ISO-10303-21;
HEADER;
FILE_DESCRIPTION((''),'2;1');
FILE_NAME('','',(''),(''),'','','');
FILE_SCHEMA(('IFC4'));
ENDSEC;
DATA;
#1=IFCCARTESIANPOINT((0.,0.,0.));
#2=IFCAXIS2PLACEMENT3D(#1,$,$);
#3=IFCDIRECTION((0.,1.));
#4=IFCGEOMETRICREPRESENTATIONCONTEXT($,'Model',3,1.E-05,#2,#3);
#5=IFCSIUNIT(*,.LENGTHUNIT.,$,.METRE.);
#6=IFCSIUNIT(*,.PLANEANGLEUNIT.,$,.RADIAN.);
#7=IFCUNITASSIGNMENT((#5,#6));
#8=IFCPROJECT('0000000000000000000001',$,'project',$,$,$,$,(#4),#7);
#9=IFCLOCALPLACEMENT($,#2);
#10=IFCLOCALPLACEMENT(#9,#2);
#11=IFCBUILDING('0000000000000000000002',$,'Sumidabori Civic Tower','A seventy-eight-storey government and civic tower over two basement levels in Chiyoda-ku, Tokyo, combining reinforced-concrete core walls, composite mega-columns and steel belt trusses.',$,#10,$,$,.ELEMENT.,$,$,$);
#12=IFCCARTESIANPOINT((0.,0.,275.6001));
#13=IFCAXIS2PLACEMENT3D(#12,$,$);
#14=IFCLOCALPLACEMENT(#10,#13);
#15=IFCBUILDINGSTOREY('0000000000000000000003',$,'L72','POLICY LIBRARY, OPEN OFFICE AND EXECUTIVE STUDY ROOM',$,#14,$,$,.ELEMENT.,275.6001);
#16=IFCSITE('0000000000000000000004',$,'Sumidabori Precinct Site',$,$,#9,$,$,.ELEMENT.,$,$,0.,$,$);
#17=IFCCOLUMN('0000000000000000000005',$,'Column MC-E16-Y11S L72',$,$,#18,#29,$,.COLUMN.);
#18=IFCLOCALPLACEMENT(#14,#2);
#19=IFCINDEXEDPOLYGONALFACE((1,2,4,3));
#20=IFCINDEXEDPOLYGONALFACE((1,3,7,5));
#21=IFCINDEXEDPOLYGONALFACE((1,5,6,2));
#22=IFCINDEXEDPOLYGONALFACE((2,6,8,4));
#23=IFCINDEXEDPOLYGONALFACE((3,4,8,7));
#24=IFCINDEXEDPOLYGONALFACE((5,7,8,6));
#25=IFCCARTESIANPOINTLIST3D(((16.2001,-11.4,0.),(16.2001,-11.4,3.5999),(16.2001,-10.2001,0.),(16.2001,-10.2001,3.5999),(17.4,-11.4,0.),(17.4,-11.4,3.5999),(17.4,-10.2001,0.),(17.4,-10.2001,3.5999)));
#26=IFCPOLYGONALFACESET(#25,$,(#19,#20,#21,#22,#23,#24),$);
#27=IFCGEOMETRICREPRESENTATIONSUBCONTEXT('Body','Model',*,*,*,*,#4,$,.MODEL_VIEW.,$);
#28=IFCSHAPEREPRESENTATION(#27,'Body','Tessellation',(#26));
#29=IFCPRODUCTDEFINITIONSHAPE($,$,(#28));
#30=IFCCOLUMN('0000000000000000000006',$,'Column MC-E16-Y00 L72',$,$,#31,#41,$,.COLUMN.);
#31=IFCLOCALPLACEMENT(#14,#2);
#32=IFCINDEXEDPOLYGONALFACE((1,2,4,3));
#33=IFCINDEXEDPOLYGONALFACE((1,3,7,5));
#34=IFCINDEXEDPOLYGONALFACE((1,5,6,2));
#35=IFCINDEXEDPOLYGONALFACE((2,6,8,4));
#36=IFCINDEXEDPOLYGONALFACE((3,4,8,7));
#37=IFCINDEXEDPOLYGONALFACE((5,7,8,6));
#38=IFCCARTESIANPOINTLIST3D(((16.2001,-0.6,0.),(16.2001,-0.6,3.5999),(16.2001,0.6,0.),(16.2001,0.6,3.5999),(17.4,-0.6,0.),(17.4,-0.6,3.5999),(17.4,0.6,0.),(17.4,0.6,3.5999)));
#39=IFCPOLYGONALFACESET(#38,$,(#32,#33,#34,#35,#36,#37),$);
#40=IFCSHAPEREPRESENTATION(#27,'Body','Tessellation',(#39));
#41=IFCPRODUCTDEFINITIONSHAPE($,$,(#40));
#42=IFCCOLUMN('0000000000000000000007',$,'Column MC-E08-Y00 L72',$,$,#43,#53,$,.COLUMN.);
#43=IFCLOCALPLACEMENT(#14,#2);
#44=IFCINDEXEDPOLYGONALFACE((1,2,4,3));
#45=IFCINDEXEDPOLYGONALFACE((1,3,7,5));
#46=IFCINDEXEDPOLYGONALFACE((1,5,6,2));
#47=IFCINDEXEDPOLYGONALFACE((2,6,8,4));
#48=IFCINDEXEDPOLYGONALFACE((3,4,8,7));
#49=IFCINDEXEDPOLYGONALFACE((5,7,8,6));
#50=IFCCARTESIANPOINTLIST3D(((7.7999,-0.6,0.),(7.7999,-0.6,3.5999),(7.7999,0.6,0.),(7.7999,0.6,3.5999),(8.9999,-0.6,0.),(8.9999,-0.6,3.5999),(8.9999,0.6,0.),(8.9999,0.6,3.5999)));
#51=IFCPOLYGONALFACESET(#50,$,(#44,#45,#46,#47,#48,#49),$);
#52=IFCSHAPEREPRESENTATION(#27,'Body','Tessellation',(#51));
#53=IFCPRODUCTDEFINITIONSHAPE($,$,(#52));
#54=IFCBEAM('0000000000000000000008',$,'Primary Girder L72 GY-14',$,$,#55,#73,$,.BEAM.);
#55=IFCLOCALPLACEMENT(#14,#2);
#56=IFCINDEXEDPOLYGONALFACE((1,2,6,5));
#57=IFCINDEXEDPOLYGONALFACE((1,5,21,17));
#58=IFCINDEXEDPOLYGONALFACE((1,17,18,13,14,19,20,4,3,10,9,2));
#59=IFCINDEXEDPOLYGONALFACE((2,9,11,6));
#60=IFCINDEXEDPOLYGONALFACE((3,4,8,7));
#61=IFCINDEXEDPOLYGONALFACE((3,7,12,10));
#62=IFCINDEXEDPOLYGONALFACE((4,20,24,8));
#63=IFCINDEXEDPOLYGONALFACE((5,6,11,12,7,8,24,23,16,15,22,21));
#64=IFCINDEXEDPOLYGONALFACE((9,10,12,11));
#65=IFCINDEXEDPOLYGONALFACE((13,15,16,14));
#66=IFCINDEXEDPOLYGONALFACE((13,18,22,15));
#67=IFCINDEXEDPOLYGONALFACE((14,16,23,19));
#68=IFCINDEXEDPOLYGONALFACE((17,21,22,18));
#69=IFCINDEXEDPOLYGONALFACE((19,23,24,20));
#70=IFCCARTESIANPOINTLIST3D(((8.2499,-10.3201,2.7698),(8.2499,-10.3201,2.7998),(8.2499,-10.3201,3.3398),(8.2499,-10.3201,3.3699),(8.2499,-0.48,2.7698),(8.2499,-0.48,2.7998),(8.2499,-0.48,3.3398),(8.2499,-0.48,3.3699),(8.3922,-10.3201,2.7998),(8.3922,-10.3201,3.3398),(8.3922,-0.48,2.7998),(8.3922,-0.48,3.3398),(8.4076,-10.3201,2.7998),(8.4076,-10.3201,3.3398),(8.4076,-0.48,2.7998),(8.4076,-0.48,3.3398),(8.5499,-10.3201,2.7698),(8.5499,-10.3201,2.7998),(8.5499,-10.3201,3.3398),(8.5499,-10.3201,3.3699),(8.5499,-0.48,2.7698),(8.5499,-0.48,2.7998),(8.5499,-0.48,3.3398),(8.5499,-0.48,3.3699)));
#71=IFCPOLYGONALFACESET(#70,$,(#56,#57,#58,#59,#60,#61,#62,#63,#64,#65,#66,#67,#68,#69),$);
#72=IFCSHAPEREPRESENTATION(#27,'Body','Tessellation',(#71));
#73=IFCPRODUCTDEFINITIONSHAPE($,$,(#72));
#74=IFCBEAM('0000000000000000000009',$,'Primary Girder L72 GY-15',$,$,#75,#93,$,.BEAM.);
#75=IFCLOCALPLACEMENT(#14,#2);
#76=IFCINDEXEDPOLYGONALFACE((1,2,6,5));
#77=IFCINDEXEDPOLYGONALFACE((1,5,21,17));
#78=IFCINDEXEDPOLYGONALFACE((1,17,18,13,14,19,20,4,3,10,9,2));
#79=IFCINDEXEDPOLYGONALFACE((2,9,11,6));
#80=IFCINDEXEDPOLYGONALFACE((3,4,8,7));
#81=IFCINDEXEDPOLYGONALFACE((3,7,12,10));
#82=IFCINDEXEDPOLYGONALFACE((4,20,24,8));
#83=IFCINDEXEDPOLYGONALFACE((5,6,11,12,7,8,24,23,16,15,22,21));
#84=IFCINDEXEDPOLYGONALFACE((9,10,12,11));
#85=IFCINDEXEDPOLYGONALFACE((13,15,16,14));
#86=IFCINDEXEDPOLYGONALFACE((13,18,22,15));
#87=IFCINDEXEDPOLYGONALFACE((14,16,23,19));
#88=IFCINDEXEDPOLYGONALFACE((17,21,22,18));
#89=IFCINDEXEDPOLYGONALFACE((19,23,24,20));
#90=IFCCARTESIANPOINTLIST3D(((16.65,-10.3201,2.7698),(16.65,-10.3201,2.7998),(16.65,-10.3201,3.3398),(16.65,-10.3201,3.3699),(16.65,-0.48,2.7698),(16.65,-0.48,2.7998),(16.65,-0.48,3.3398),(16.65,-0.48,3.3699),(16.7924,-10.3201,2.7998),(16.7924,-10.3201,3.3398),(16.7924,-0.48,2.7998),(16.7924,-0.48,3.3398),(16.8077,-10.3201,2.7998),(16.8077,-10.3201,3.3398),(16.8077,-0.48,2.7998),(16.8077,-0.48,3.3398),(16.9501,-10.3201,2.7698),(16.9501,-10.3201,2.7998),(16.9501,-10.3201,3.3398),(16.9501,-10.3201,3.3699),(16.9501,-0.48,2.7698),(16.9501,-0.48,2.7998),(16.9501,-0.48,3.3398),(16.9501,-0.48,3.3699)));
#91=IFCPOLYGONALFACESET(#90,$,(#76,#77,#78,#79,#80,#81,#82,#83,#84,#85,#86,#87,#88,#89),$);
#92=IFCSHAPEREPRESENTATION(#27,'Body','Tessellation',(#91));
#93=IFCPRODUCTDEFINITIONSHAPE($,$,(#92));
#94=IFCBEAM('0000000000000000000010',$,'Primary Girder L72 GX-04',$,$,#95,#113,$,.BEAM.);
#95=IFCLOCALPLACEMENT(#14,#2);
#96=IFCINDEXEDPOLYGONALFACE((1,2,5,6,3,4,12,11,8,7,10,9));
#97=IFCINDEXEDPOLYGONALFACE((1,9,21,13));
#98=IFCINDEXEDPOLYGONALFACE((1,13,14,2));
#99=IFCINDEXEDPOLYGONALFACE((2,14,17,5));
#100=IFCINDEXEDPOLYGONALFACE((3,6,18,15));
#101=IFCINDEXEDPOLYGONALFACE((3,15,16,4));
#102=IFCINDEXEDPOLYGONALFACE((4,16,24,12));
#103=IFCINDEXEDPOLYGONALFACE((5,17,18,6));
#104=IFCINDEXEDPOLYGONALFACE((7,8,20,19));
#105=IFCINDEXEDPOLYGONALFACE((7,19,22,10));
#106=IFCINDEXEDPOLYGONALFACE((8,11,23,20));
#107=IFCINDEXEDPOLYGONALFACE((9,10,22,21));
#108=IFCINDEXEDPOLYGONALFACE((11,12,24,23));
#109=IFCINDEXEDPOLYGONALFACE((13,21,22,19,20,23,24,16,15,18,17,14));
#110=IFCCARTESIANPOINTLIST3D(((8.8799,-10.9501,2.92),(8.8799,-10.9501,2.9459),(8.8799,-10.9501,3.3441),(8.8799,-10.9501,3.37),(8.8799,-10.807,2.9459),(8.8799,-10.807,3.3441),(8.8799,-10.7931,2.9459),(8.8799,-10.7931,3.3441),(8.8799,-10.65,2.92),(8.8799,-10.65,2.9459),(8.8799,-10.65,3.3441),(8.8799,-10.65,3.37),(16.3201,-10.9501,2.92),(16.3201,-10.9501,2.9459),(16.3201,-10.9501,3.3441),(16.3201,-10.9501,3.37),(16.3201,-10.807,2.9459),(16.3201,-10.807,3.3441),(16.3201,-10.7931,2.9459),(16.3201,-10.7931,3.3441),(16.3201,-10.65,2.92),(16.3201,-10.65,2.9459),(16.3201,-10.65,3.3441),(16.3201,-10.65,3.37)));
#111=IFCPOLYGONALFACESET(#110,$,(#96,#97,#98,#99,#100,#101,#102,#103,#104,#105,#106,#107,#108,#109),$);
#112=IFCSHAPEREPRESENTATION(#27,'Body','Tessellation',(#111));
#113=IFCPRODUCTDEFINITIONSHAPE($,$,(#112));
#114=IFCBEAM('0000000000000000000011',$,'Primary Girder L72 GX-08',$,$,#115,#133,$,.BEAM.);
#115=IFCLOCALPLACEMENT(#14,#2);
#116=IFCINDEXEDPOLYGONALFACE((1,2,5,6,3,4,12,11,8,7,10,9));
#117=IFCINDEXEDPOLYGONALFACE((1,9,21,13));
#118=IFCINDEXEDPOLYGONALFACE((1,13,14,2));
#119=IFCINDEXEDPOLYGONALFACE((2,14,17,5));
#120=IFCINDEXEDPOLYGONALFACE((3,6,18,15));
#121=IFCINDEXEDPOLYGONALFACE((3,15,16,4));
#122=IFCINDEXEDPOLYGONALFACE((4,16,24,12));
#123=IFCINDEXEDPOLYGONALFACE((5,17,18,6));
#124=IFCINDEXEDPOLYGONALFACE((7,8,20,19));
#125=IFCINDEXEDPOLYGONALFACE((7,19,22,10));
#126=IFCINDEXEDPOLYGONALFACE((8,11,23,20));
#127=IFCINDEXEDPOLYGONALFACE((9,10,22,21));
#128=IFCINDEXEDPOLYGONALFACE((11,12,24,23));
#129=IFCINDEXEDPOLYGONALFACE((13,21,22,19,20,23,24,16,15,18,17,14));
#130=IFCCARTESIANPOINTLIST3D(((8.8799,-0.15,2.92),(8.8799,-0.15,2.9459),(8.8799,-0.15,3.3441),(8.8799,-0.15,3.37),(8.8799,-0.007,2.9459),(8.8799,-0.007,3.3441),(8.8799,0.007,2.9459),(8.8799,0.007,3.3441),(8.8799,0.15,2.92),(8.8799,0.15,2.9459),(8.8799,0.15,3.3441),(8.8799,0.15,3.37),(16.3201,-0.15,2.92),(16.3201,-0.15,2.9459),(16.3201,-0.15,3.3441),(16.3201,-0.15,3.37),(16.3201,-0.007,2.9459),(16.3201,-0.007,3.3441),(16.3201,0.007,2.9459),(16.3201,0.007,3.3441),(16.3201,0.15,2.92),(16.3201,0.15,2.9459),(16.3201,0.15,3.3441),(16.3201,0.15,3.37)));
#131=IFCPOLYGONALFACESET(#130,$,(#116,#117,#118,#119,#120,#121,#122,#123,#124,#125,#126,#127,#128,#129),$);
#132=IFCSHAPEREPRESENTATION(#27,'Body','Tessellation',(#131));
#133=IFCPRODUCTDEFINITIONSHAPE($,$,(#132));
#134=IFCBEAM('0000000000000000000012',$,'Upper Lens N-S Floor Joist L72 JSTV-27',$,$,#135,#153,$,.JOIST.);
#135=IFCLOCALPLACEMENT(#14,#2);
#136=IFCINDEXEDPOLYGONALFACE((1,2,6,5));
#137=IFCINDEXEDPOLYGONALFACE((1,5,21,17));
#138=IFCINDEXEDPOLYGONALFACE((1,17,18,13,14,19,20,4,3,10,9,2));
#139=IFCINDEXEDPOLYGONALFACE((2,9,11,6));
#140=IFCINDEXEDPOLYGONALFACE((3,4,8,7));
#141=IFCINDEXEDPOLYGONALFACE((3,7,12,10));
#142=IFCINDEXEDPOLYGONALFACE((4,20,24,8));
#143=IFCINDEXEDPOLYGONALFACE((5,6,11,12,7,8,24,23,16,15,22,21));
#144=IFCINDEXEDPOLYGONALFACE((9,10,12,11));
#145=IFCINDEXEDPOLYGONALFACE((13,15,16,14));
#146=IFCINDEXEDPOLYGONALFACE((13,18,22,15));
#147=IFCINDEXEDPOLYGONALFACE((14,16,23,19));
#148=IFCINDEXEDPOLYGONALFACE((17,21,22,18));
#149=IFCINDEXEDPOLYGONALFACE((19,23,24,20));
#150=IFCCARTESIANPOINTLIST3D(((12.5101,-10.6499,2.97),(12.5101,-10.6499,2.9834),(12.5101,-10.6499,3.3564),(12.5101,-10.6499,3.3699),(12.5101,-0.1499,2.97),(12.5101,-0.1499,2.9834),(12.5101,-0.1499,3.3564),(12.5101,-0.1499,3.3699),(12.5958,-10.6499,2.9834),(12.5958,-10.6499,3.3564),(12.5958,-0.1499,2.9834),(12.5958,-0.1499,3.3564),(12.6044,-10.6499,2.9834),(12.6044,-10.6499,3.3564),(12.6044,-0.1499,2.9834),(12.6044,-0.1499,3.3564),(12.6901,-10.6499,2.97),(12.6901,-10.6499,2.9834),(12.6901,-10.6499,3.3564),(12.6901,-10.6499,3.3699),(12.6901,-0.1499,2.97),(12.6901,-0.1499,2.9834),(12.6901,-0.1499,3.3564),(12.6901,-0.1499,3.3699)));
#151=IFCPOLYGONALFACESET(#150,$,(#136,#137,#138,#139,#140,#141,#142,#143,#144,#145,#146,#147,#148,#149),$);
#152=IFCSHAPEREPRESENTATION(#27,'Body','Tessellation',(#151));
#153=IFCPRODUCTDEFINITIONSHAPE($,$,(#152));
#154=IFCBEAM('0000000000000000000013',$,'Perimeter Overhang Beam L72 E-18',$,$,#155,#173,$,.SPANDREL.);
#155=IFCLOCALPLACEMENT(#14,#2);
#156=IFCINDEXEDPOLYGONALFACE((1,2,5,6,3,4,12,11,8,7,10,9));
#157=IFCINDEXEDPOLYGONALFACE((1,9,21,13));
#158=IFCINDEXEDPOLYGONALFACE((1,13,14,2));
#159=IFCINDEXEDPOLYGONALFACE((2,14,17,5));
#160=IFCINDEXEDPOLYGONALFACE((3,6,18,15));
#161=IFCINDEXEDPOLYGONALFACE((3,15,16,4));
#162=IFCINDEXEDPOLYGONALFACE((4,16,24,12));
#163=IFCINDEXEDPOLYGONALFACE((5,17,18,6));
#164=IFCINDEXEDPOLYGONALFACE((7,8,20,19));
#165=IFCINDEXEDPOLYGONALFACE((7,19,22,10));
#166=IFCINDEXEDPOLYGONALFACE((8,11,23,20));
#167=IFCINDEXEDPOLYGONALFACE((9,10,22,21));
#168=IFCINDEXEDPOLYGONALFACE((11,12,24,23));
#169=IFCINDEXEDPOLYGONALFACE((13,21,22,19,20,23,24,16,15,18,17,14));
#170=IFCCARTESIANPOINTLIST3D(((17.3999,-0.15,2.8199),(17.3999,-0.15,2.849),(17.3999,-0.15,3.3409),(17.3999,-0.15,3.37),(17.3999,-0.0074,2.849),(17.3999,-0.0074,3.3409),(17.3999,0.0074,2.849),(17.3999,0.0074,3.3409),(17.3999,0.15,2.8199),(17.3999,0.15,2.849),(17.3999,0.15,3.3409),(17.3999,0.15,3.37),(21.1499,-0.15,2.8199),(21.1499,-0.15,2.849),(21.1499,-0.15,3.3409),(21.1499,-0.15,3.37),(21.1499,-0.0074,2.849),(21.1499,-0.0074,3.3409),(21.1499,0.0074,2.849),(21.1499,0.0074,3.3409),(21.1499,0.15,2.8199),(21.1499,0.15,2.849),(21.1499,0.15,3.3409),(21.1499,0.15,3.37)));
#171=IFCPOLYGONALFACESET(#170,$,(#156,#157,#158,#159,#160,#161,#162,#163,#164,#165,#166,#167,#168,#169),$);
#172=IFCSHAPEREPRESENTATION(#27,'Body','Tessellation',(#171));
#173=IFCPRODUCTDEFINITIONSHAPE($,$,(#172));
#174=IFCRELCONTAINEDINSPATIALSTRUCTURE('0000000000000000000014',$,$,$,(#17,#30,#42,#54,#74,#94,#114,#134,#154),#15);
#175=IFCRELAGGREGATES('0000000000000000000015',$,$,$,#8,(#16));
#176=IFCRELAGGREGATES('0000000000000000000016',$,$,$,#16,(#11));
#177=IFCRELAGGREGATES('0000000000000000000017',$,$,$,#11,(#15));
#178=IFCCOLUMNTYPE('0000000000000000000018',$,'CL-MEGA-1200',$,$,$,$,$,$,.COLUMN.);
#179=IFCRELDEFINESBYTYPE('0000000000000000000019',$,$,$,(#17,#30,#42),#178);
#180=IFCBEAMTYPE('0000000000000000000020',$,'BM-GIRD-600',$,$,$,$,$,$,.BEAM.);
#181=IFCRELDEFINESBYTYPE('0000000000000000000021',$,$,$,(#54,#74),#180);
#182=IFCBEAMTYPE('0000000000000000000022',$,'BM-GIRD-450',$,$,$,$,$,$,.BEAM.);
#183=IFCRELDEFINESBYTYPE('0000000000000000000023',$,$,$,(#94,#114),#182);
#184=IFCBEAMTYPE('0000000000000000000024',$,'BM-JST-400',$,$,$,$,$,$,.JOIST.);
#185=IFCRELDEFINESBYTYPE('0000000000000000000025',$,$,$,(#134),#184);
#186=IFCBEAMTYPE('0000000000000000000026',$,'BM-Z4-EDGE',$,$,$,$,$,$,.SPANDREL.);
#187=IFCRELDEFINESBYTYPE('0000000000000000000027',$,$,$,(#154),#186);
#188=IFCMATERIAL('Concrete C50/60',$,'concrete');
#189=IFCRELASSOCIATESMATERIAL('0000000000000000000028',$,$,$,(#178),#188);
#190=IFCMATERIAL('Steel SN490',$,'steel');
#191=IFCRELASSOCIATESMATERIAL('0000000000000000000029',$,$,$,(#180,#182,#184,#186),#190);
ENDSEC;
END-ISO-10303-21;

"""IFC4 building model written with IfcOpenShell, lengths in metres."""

from ifc_helpers import new_model, si_unit, direction, frame, origin, origin_2d, place, context, subcontext, project, spatial, rectangle, i_section, extrude, source, transform, mapped, material, material_profile, profile_set, type_object, element, save


model = new_model("IFC4")

# Units and contexts
model_context = context("Model", 3, precision=1e-05, world=origin(), true_north=direction((0.0, 1.0)))
body_context = subcontext(model_context, "Body", "Model", "MODEL_VIEW")
ifc_project = project(units=[si_unit("LENGTHUNIT", "METRE"), si_unit("PLANEANGLEUNIT", "RADIAN")], contexts=[model_context])

# Site, building, storey
site_placement = place(None, origin())
site = spatial("IfcSite", under=ifc_project, at=site_placement, Name="Sumidabori Precinct Site", CompositionType="ELEMENT", RefElevation=0.0)
building_placement = place(site_placement, origin())
building = spatial("IfcBuilding", under=site, at=building_placement, Name="Sumidabori Civic Tower", Description="A seventy-eight-storey government and civic tower over two basement levels in Chiyoda-ku, Tokyo, combining reinforced-concrete core walls, composite mega-columns and steel belt trusses.", CompositionType="ELEMENT")
storey_placement = place(building_placement, frame((0.0, 0.0, 275.6001)))
storey = spatial("IfcBuildingStorey", under=building, at=storey_placement, Name="L72", Description="POLICY LIBRARY, OPEN OFFICE AND EXECUTIVE STUDY ROOM", CompositionType="ELEMENT", Elevation=275.6001)

# Columns
ifc_material_1 = material(Name="Concrete C50/60", Category="concrete")
ifc_material_profile_1 = material_profile(ifc_material_1, rectangle(XDim=1.2, YDim=1.2, at=origin_2d()), Name="RC 1200x1200")
ifc_profile_set_1 = profile_set([ifc_material_profile_1], Name="Concrete C50/60")
column_type = type_object("IfcColumnType", Name="CL-MEGA-1200", PredefinedType="COLUMN", material=ifc_profile_set_1)
shared_shape_1 = source(origin(), body_context, "Body", "SweptSolid", [
    extrude(rectangle(XDim=1.2, YDim=1.2, at=origin_2d()), origin(), (0.0, 0.0, 1.0), 3.5999),
])
for number, where, z_axis, x_axis, name in (
    (1, (16.8, -10.8, 0.0), (0.0, 0.0, 1.0), (1.0, 0.0, 0.0), "Column MC-E16-Y11S L72"),
    (2, (16.8, 0.0, 0.0), (0.0, 0.0, 1.0), (1.0, 0.0, 0.0), "Column MC-E16-Y00 L72"),
    (3, (8.3999, 0.0, 0.0), (0.0, 0.0, 1.0), (1.0, 0.0, 0.0), "Column MC-E08-Y00 L72"),
):
    element("IfcColumn", number, at=place(storey_placement, frame(where, z_axis=z_axis, x_axis=x_axis)), inside=storey, type_object=column_type, Name=name, PredefinedType="COLUMN", context=body_context, shape_type="MappedRepresentation", body=[
        mapped(shared_shape_1, transform((0.0, 0.0, 0.0), x_axis=(1.0, 0.0, 0.0), y_axis=(0.0, 1.0, 0.0), z_axis=(0.0, 0.0, 1.0), scale=1.0)),
    ])

# Beams
ifc_material_2 = material(Name="Steel SN490", Category="steel")
ifc_material_profile_2 = material_profile(ifc_material_2, i_section(OverallWidth=0.3, OverallDepth=0.6001, WebThickness=0.0154, FlangeThickness=0.03, at=origin_2d()), Name="HE 600 B")
ifc_profile_set_2 = profile_set([ifc_material_profile_2], Name="Steel SN490")
beam_type_1 = type_object("IfcBeamType", Name="BM-GIRD-600", PredefinedType="BEAM", material=ifc_profile_set_2)
shared_shape_2 = source(origin(), body_context, "Body", "SweptSolid", [
    extrude(i_section(OverallWidth=0.3, OverallDepth=0.6001, WebThickness=0.0154, FlangeThickness=0.03, at=origin_2d()), origin(), (0.0, 0.0, 1.0), 9.8401),
])
for number, where, z_axis, x_axis, name in (
    (4, (8.3999, -10.3201, 3.0698), (0.0, 1.0, 0.0), (-1.0, 0.0, 0.0), "Primary Girder L72 GY-14"),
    (5, (16.8, -10.3201, 3.0698), (0.0, 1.0, 0.0), (-1.0, 0.0, 0.0), "Primary Girder L72 GY-15"),
):
    element("IfcBeam", number, at=place(storey_placement, frame(where, z_axis=z_axis, x_axis=x_axis)), inside=storey, type_object=beam_type_1, Name=name, PredefinedType="BEAM", context=body_context, shape_type="MappedRepresentation", body=[
        mapped(shared_shape_2, transform((0.0, 0.0, 0.0), x_axis=(1.0, 0.0, 0.0), y_axis=(0.0, 1.0, 0.0), z_axis=(0.0, 0.0, 1.0), scale=1.0)),
    ])
ifc_material_profile_3 = material_profile(ifc_material_2, i_section(OverallWidth=0.3, OverallDepth=0.45, WebThickness=0.0139, FlangeThickness=0.0259, at=origin_2d()), Name="HE 450 B")
ifc_profile_set_3 = profile_set([ifc_material_profile_3], Name="Steel SN490")
beam_type_2 = type_object("IfcBeamType", Name="BM-GIRD-450", PredefinedType="BEAM", material=ifc_profile_set_3)
shared_shape_3 = source(origin(), body_context, "Body", "SweptSolid", [
    extrude(i_section(OverallWidth=0.3, OverallDepth=0.45, WebThickness=0.0139, FlangeThickness=0.0259, at=origin_2d()), origin(), (0.0, 0.0, 1.0), 7.4402),
])
for number, where, z_axis, x_axis, name in (
    (6, (8.8799, -10.8, 3.145), (1.0, 0.0, 0.0), (0.0, 1.0, 0.0), "Primary Girder L72 GX-04"),
    (7, (8.8799, 0.0, 3.145), (1.0, 0.0, 0.0), (0.0, 1.0, 0.0), "Primary Girder L72 GX-08"),
):
    element("IfcBeam", number, at=place(storey_placement, frame(where, z_axis=z_axis, x_axis=x_axis)), inside=storey, type_object=beam_type_2, Name=name, PredefinedType="BEAM", context=body_context, shape_type="MappedRepresentation", body=[
        mapped(shared_shape_3, transform((0.0, 0.0, 0.0), x_axis=(1.0, 0.0, 0.0), y_axis=(0.0, 1.0, 0.0), z_axis=(0.0, 0.0, 1.0), scale=1.0)),
    ])
ifc_material_profile_4 = material_profile(ifc_material_2, i_section(OverallWidth=0.1799, OverallDepth=0.3999, WebThickness=0.0085, FlangeThickness=0.0134, at=origin_2d()), Name="IPE 400")
ifc_profile_set_4 = profile_set([ifc_material_profile_4], Name="Steel SN490")
beam_type_3 = type_object("IfcBeamType", Name="BM-JST-400", PredefinedType="JOIST", material=ifc_profile_set_4)
shared_shape_4 = source(origin(), body_context, "Body", "SweptSolid", [
    extrude(i_section(OverallWidth=0.1799, OverallDepth=0.3999, WebThickness=0.0085, FlangeThickness=0.0134, at=origin_2d()), origin(), (0.0, 0.0, 1.0), 10.5),
])
beam_1_placement = place(storey_placement, frame((12.6001, -10.6499, 3.1699), z_axis=(0.0, 1.0, 0.0), x_axis=(-1.0, 0.0, 0.0)))
element("IfcBeam", 8, at=beam_1_placement, inside=storey, type_object=beam_type_3, Name="Upper Lens N-S Floor Joist L72 JSTV-27", PredefinedType="JOIST", context=body_context, shape_type="MappedRepresentation", body=[
    mapped(shared_shape_4, transform((0.0, 0.0, 0.0), x_axis=(1.0, 0.0, 0.0), y_axis=(0.0, 1.0, 0.0), z_axis=(0.0, 0.0, 1.0), scale=1.0)),
])
ifc_material_profile_5 = material_profile(ifc_material_2, i_section(OverallWidth=0.3, OverallDepth=0.55, WebThickness=0.0149, FlangeThickness=0.0291, at=origin_2d()), Name="HE 550 B")
ifc_profile_set_5 = profile_set([ifc_material_profile_5], Name="Steel SN490")
beam_type_4 = type_object("IfcBeamType", Name="BM-Z4-EDGE", PredefinedType="SPANDREL", material=ifc_profile_set_5)
shared_shape_5 = source(origin(), body_context, "Body", "SweptSolid", [
    extrude(i_section(OverallWidth=0.3, OverallDepth=0.55, WebThickness=0.0149, FlangeThickness=0.0291, at=origin_2d()), origin(), (0.0, 0.0, 1.0), 3.75),
])
beam_2_placement = place(storey_placement, frame((17.3999, 0.0, 3.095), z_axis=(1.0, 0.0, 0.0), x_axis=(0.0, 1.0, 0.0)))
element("IfcBeam", 9, at=beam_2_placement, inside=storey, type_object=beam_type_4, Name="Perimeter Overhang Beam L72 E-18", PredefinedType="SPANDREL", context=body_context, shape_type="MappedRepresentation", body=[
    mapped(shared_shape_5, transform((0.0, 0.0, 0.0), x_axis=(1.0, 0.0, 0.0), y_axis=(0.0, 1.0, 0.0), z_axis=(0.0, 0.0, 1.0), scale=1.0)),
])

save(model, "model.ifc")
